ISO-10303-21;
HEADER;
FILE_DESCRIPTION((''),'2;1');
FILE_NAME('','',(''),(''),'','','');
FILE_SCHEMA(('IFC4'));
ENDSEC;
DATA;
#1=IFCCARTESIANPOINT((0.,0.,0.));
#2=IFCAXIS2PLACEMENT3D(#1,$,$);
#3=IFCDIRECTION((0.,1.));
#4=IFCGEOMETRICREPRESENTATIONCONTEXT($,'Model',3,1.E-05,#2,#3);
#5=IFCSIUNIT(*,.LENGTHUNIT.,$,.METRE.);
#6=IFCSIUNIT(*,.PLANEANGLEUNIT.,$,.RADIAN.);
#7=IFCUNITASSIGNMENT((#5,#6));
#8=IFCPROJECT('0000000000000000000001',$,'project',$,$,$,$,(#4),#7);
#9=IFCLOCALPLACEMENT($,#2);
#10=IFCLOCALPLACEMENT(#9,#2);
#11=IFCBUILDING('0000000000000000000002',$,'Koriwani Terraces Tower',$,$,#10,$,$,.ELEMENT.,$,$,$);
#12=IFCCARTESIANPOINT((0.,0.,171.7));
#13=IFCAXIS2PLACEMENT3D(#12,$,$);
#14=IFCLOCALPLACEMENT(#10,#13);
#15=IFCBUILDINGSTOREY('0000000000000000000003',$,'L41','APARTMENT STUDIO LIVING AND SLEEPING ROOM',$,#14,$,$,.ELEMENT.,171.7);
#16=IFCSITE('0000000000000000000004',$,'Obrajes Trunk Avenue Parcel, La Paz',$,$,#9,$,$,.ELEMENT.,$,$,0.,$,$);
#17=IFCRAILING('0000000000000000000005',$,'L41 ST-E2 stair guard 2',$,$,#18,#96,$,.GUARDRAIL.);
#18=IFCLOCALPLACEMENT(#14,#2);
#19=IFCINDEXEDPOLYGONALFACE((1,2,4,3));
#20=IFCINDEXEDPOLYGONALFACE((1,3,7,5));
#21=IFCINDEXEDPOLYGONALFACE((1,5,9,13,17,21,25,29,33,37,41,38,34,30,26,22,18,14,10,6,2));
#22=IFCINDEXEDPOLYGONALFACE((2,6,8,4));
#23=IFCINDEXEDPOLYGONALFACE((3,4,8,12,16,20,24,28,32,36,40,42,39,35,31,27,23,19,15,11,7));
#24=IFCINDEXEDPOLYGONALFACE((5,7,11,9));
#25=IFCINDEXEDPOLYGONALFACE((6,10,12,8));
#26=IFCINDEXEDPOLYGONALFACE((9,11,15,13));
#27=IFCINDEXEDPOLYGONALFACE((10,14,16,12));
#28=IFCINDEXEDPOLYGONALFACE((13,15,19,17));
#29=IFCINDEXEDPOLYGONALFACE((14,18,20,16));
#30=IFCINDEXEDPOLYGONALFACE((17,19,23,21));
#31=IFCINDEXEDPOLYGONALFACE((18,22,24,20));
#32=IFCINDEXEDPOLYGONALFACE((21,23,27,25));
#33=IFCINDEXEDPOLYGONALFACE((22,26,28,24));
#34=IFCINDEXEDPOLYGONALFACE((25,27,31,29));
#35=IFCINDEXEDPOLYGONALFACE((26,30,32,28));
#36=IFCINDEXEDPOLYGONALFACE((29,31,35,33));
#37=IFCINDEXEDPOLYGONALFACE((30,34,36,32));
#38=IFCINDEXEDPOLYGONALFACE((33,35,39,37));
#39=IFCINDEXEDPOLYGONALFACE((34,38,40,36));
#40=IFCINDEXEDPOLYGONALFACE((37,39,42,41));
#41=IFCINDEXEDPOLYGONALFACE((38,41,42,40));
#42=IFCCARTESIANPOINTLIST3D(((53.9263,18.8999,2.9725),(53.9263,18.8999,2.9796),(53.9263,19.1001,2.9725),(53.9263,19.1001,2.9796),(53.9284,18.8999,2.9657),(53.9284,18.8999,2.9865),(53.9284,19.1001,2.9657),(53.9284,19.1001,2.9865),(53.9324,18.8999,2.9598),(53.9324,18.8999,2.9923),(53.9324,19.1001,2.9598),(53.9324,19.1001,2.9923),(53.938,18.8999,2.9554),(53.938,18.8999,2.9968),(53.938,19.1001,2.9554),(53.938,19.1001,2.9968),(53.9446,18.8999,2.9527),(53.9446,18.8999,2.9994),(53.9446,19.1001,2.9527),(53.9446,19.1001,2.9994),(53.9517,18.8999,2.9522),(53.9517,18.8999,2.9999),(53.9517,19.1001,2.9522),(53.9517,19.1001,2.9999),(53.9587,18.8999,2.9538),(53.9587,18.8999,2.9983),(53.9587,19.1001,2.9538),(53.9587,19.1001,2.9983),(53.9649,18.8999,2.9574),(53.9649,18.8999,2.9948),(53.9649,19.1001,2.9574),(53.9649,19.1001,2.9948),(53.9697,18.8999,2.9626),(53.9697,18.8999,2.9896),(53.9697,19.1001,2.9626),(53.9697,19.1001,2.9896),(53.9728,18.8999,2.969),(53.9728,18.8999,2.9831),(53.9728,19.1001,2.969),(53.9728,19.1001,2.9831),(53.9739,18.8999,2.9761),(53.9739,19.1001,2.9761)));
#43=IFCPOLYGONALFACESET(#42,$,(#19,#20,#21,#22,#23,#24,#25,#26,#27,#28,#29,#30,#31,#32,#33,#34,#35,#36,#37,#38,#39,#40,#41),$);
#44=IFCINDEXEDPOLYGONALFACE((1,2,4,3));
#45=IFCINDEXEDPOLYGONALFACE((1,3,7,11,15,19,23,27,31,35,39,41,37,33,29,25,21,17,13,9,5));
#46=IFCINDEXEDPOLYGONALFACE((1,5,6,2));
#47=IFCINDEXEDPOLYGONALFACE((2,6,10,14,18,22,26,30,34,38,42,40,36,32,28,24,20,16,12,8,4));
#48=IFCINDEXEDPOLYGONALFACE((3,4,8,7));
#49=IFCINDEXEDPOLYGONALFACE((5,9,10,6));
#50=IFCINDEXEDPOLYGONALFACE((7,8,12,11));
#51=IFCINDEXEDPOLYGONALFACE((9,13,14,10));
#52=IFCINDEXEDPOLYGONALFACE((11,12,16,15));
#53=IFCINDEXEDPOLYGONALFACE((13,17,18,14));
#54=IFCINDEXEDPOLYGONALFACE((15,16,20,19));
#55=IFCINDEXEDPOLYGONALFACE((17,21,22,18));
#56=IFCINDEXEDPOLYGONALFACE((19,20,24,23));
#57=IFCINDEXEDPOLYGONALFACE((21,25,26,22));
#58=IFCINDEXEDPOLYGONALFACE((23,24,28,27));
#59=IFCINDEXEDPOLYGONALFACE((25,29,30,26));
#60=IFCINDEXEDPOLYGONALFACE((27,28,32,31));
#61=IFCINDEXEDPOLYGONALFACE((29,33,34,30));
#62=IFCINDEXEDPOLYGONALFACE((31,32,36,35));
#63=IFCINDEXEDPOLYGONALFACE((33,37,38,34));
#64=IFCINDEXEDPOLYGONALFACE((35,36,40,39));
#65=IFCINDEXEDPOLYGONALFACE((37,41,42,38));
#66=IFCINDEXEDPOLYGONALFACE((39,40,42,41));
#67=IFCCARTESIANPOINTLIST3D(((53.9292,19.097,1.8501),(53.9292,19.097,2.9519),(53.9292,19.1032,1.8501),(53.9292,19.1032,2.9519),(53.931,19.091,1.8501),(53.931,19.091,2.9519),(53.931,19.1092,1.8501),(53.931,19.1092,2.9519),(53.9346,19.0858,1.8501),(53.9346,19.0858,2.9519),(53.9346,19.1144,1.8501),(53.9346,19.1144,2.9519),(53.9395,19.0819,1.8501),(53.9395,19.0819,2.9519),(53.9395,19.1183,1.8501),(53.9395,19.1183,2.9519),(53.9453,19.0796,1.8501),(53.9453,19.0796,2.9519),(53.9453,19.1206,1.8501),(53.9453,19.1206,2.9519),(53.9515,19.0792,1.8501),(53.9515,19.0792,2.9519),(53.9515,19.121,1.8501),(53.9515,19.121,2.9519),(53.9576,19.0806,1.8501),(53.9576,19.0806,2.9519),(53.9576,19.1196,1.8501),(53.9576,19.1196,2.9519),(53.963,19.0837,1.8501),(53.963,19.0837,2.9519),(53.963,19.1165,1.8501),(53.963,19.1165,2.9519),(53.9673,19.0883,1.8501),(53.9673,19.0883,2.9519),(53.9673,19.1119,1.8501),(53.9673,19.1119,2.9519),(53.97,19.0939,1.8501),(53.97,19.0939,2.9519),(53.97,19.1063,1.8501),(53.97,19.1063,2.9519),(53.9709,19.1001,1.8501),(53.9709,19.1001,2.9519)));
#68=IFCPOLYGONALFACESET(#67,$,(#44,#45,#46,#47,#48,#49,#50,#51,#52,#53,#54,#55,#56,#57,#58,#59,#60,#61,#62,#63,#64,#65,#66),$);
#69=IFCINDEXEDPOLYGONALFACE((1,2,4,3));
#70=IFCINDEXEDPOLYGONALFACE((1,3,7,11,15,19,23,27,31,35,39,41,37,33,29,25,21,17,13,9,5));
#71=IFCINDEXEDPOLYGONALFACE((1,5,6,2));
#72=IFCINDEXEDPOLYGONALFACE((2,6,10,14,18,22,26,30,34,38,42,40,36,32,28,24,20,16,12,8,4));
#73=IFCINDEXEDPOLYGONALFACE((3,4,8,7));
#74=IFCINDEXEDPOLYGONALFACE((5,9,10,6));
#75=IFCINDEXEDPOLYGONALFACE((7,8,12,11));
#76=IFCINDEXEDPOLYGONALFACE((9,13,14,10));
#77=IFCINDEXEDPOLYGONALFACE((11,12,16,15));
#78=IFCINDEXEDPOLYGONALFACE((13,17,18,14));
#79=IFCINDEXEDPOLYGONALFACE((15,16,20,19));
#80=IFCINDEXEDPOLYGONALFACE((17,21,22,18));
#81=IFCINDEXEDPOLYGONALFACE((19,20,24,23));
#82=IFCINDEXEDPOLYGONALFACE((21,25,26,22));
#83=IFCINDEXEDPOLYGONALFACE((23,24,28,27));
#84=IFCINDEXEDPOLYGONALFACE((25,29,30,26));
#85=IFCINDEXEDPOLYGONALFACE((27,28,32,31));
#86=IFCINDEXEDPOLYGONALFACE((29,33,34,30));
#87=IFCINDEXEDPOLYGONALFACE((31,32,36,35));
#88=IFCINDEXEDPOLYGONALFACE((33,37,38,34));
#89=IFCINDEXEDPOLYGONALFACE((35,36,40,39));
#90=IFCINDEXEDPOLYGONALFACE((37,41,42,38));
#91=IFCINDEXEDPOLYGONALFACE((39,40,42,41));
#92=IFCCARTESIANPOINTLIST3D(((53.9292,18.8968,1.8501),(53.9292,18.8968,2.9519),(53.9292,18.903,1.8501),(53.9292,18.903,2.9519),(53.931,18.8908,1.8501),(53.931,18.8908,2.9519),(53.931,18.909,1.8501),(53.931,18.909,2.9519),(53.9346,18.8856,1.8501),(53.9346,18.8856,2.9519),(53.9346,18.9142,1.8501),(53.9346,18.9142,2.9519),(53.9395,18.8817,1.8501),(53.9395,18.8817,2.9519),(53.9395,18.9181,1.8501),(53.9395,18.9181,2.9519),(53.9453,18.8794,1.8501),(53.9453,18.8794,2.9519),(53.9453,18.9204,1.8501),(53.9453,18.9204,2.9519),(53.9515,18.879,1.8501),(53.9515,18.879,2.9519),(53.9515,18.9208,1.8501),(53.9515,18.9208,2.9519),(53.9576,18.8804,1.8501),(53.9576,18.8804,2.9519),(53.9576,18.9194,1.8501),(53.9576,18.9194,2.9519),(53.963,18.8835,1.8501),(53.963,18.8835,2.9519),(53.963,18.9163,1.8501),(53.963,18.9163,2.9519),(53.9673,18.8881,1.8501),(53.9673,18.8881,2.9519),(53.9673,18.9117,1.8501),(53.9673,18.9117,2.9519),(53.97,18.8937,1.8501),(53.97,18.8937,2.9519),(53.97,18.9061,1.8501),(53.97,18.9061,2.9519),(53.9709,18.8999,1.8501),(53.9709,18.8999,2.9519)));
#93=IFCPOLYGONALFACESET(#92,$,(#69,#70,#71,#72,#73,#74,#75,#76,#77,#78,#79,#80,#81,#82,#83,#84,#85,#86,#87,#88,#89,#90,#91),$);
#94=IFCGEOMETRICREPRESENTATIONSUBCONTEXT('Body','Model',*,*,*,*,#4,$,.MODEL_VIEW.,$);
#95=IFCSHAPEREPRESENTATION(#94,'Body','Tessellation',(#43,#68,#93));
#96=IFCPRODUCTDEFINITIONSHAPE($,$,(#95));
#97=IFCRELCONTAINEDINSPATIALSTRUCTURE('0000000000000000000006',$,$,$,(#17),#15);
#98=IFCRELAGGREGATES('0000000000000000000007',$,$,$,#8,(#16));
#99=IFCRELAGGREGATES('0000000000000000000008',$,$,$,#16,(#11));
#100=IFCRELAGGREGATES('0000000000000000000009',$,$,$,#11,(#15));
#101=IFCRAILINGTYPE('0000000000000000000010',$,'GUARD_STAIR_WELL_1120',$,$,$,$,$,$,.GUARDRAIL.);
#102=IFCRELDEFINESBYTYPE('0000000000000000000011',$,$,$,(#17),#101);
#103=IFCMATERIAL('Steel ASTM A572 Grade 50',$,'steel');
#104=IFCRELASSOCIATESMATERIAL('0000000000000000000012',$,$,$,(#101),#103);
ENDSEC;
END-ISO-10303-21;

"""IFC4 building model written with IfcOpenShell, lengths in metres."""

from ifc_helpers import new_model, si_unit, direction, frame, origin, origin_2d, place, context, subcontext, project, spatial, circle, extrude, material, type_object, element, save


model = new_model("IFC4")

# Units and contexts
model_context = context("Model", 3, precision=1e-05, world=origin(), true_north=direction((0.0, 1.0)))
body_context = subcontext(model_context, "Body", "Model", "MODEL_VIEW")
ifc_project = project(units=[si_unit("LENGTHUNIT", "METRE"), si_unit("PLANEANGLEUNIT", "RADIAN")], contexts=[model_context])

# Site, building, storey
site_placement = place(None, origin())
site = spatial("IfcSite", under=ifc_project, at=site_placement, Name="Obrajes Trunk Avenue Parcel, La Paz", CompositionType="ELEMENT", RefElevation=0.0)
building_placement = place(site_placement, origin())
building = spatial("IfcBuilding", under=site, at=building_placement, Name="Koriwani Terraces Tower", CompositionType="ELEMENT")
storey_placement = place(building_placement, frame((0.0, 0.0, 171.7)))
storey = spatial("IfcBuildingStorey", under=building, at=storey_placement, Name="L41", Description="APARTMENT STUDIO LIVING AND SLEEPING ROOM", CompositionType="ELEMENT", Elevation=171.7)

# Shared definitions
ifc_material_1 = material(Name="Steel ASTM A572 Grade 50", Category="steel")

# Railing
railing_type_1 = type_object("IfcRailingType", Name="GUARD_STAIR_WELL_1120", PredefinedType="GUARDRAIL", material=ifc_material_1)
railing_1_placement = place(storey_placement, frame((53.95, 19.1001, 1.8501)))
element("IfcRailing", 1, at=railing_1_placement, inside=storey, type_object=railing_type_1, Name="L41 ST-E2 stair guard 2", PredefinedType="GUARDRAIL", context=body_context, shape_type="SweptSolid", body=[
    extrude(circle(Radius=0.0239, at=origin_2d()), frame((0.0, 0.0, 1.126), z_axis=(0.0, -1.0, 0.0), x_axis=(1.0, 0.0, 0.0)), (0.0, 0.0, 1.0), 0.2002),
    extrude(circle(Radius=0.021, at=origin_2d()), origin(), (0.0, 0.0, 1.0), 1.1018),
    extrude(circle(Radius=0.021, at=origin_2d()), frame((0.0, -0.2002, 0.0)), (0.0, 0.0, 1.0), 1.1018),
])

save(model, "model.ifc")
